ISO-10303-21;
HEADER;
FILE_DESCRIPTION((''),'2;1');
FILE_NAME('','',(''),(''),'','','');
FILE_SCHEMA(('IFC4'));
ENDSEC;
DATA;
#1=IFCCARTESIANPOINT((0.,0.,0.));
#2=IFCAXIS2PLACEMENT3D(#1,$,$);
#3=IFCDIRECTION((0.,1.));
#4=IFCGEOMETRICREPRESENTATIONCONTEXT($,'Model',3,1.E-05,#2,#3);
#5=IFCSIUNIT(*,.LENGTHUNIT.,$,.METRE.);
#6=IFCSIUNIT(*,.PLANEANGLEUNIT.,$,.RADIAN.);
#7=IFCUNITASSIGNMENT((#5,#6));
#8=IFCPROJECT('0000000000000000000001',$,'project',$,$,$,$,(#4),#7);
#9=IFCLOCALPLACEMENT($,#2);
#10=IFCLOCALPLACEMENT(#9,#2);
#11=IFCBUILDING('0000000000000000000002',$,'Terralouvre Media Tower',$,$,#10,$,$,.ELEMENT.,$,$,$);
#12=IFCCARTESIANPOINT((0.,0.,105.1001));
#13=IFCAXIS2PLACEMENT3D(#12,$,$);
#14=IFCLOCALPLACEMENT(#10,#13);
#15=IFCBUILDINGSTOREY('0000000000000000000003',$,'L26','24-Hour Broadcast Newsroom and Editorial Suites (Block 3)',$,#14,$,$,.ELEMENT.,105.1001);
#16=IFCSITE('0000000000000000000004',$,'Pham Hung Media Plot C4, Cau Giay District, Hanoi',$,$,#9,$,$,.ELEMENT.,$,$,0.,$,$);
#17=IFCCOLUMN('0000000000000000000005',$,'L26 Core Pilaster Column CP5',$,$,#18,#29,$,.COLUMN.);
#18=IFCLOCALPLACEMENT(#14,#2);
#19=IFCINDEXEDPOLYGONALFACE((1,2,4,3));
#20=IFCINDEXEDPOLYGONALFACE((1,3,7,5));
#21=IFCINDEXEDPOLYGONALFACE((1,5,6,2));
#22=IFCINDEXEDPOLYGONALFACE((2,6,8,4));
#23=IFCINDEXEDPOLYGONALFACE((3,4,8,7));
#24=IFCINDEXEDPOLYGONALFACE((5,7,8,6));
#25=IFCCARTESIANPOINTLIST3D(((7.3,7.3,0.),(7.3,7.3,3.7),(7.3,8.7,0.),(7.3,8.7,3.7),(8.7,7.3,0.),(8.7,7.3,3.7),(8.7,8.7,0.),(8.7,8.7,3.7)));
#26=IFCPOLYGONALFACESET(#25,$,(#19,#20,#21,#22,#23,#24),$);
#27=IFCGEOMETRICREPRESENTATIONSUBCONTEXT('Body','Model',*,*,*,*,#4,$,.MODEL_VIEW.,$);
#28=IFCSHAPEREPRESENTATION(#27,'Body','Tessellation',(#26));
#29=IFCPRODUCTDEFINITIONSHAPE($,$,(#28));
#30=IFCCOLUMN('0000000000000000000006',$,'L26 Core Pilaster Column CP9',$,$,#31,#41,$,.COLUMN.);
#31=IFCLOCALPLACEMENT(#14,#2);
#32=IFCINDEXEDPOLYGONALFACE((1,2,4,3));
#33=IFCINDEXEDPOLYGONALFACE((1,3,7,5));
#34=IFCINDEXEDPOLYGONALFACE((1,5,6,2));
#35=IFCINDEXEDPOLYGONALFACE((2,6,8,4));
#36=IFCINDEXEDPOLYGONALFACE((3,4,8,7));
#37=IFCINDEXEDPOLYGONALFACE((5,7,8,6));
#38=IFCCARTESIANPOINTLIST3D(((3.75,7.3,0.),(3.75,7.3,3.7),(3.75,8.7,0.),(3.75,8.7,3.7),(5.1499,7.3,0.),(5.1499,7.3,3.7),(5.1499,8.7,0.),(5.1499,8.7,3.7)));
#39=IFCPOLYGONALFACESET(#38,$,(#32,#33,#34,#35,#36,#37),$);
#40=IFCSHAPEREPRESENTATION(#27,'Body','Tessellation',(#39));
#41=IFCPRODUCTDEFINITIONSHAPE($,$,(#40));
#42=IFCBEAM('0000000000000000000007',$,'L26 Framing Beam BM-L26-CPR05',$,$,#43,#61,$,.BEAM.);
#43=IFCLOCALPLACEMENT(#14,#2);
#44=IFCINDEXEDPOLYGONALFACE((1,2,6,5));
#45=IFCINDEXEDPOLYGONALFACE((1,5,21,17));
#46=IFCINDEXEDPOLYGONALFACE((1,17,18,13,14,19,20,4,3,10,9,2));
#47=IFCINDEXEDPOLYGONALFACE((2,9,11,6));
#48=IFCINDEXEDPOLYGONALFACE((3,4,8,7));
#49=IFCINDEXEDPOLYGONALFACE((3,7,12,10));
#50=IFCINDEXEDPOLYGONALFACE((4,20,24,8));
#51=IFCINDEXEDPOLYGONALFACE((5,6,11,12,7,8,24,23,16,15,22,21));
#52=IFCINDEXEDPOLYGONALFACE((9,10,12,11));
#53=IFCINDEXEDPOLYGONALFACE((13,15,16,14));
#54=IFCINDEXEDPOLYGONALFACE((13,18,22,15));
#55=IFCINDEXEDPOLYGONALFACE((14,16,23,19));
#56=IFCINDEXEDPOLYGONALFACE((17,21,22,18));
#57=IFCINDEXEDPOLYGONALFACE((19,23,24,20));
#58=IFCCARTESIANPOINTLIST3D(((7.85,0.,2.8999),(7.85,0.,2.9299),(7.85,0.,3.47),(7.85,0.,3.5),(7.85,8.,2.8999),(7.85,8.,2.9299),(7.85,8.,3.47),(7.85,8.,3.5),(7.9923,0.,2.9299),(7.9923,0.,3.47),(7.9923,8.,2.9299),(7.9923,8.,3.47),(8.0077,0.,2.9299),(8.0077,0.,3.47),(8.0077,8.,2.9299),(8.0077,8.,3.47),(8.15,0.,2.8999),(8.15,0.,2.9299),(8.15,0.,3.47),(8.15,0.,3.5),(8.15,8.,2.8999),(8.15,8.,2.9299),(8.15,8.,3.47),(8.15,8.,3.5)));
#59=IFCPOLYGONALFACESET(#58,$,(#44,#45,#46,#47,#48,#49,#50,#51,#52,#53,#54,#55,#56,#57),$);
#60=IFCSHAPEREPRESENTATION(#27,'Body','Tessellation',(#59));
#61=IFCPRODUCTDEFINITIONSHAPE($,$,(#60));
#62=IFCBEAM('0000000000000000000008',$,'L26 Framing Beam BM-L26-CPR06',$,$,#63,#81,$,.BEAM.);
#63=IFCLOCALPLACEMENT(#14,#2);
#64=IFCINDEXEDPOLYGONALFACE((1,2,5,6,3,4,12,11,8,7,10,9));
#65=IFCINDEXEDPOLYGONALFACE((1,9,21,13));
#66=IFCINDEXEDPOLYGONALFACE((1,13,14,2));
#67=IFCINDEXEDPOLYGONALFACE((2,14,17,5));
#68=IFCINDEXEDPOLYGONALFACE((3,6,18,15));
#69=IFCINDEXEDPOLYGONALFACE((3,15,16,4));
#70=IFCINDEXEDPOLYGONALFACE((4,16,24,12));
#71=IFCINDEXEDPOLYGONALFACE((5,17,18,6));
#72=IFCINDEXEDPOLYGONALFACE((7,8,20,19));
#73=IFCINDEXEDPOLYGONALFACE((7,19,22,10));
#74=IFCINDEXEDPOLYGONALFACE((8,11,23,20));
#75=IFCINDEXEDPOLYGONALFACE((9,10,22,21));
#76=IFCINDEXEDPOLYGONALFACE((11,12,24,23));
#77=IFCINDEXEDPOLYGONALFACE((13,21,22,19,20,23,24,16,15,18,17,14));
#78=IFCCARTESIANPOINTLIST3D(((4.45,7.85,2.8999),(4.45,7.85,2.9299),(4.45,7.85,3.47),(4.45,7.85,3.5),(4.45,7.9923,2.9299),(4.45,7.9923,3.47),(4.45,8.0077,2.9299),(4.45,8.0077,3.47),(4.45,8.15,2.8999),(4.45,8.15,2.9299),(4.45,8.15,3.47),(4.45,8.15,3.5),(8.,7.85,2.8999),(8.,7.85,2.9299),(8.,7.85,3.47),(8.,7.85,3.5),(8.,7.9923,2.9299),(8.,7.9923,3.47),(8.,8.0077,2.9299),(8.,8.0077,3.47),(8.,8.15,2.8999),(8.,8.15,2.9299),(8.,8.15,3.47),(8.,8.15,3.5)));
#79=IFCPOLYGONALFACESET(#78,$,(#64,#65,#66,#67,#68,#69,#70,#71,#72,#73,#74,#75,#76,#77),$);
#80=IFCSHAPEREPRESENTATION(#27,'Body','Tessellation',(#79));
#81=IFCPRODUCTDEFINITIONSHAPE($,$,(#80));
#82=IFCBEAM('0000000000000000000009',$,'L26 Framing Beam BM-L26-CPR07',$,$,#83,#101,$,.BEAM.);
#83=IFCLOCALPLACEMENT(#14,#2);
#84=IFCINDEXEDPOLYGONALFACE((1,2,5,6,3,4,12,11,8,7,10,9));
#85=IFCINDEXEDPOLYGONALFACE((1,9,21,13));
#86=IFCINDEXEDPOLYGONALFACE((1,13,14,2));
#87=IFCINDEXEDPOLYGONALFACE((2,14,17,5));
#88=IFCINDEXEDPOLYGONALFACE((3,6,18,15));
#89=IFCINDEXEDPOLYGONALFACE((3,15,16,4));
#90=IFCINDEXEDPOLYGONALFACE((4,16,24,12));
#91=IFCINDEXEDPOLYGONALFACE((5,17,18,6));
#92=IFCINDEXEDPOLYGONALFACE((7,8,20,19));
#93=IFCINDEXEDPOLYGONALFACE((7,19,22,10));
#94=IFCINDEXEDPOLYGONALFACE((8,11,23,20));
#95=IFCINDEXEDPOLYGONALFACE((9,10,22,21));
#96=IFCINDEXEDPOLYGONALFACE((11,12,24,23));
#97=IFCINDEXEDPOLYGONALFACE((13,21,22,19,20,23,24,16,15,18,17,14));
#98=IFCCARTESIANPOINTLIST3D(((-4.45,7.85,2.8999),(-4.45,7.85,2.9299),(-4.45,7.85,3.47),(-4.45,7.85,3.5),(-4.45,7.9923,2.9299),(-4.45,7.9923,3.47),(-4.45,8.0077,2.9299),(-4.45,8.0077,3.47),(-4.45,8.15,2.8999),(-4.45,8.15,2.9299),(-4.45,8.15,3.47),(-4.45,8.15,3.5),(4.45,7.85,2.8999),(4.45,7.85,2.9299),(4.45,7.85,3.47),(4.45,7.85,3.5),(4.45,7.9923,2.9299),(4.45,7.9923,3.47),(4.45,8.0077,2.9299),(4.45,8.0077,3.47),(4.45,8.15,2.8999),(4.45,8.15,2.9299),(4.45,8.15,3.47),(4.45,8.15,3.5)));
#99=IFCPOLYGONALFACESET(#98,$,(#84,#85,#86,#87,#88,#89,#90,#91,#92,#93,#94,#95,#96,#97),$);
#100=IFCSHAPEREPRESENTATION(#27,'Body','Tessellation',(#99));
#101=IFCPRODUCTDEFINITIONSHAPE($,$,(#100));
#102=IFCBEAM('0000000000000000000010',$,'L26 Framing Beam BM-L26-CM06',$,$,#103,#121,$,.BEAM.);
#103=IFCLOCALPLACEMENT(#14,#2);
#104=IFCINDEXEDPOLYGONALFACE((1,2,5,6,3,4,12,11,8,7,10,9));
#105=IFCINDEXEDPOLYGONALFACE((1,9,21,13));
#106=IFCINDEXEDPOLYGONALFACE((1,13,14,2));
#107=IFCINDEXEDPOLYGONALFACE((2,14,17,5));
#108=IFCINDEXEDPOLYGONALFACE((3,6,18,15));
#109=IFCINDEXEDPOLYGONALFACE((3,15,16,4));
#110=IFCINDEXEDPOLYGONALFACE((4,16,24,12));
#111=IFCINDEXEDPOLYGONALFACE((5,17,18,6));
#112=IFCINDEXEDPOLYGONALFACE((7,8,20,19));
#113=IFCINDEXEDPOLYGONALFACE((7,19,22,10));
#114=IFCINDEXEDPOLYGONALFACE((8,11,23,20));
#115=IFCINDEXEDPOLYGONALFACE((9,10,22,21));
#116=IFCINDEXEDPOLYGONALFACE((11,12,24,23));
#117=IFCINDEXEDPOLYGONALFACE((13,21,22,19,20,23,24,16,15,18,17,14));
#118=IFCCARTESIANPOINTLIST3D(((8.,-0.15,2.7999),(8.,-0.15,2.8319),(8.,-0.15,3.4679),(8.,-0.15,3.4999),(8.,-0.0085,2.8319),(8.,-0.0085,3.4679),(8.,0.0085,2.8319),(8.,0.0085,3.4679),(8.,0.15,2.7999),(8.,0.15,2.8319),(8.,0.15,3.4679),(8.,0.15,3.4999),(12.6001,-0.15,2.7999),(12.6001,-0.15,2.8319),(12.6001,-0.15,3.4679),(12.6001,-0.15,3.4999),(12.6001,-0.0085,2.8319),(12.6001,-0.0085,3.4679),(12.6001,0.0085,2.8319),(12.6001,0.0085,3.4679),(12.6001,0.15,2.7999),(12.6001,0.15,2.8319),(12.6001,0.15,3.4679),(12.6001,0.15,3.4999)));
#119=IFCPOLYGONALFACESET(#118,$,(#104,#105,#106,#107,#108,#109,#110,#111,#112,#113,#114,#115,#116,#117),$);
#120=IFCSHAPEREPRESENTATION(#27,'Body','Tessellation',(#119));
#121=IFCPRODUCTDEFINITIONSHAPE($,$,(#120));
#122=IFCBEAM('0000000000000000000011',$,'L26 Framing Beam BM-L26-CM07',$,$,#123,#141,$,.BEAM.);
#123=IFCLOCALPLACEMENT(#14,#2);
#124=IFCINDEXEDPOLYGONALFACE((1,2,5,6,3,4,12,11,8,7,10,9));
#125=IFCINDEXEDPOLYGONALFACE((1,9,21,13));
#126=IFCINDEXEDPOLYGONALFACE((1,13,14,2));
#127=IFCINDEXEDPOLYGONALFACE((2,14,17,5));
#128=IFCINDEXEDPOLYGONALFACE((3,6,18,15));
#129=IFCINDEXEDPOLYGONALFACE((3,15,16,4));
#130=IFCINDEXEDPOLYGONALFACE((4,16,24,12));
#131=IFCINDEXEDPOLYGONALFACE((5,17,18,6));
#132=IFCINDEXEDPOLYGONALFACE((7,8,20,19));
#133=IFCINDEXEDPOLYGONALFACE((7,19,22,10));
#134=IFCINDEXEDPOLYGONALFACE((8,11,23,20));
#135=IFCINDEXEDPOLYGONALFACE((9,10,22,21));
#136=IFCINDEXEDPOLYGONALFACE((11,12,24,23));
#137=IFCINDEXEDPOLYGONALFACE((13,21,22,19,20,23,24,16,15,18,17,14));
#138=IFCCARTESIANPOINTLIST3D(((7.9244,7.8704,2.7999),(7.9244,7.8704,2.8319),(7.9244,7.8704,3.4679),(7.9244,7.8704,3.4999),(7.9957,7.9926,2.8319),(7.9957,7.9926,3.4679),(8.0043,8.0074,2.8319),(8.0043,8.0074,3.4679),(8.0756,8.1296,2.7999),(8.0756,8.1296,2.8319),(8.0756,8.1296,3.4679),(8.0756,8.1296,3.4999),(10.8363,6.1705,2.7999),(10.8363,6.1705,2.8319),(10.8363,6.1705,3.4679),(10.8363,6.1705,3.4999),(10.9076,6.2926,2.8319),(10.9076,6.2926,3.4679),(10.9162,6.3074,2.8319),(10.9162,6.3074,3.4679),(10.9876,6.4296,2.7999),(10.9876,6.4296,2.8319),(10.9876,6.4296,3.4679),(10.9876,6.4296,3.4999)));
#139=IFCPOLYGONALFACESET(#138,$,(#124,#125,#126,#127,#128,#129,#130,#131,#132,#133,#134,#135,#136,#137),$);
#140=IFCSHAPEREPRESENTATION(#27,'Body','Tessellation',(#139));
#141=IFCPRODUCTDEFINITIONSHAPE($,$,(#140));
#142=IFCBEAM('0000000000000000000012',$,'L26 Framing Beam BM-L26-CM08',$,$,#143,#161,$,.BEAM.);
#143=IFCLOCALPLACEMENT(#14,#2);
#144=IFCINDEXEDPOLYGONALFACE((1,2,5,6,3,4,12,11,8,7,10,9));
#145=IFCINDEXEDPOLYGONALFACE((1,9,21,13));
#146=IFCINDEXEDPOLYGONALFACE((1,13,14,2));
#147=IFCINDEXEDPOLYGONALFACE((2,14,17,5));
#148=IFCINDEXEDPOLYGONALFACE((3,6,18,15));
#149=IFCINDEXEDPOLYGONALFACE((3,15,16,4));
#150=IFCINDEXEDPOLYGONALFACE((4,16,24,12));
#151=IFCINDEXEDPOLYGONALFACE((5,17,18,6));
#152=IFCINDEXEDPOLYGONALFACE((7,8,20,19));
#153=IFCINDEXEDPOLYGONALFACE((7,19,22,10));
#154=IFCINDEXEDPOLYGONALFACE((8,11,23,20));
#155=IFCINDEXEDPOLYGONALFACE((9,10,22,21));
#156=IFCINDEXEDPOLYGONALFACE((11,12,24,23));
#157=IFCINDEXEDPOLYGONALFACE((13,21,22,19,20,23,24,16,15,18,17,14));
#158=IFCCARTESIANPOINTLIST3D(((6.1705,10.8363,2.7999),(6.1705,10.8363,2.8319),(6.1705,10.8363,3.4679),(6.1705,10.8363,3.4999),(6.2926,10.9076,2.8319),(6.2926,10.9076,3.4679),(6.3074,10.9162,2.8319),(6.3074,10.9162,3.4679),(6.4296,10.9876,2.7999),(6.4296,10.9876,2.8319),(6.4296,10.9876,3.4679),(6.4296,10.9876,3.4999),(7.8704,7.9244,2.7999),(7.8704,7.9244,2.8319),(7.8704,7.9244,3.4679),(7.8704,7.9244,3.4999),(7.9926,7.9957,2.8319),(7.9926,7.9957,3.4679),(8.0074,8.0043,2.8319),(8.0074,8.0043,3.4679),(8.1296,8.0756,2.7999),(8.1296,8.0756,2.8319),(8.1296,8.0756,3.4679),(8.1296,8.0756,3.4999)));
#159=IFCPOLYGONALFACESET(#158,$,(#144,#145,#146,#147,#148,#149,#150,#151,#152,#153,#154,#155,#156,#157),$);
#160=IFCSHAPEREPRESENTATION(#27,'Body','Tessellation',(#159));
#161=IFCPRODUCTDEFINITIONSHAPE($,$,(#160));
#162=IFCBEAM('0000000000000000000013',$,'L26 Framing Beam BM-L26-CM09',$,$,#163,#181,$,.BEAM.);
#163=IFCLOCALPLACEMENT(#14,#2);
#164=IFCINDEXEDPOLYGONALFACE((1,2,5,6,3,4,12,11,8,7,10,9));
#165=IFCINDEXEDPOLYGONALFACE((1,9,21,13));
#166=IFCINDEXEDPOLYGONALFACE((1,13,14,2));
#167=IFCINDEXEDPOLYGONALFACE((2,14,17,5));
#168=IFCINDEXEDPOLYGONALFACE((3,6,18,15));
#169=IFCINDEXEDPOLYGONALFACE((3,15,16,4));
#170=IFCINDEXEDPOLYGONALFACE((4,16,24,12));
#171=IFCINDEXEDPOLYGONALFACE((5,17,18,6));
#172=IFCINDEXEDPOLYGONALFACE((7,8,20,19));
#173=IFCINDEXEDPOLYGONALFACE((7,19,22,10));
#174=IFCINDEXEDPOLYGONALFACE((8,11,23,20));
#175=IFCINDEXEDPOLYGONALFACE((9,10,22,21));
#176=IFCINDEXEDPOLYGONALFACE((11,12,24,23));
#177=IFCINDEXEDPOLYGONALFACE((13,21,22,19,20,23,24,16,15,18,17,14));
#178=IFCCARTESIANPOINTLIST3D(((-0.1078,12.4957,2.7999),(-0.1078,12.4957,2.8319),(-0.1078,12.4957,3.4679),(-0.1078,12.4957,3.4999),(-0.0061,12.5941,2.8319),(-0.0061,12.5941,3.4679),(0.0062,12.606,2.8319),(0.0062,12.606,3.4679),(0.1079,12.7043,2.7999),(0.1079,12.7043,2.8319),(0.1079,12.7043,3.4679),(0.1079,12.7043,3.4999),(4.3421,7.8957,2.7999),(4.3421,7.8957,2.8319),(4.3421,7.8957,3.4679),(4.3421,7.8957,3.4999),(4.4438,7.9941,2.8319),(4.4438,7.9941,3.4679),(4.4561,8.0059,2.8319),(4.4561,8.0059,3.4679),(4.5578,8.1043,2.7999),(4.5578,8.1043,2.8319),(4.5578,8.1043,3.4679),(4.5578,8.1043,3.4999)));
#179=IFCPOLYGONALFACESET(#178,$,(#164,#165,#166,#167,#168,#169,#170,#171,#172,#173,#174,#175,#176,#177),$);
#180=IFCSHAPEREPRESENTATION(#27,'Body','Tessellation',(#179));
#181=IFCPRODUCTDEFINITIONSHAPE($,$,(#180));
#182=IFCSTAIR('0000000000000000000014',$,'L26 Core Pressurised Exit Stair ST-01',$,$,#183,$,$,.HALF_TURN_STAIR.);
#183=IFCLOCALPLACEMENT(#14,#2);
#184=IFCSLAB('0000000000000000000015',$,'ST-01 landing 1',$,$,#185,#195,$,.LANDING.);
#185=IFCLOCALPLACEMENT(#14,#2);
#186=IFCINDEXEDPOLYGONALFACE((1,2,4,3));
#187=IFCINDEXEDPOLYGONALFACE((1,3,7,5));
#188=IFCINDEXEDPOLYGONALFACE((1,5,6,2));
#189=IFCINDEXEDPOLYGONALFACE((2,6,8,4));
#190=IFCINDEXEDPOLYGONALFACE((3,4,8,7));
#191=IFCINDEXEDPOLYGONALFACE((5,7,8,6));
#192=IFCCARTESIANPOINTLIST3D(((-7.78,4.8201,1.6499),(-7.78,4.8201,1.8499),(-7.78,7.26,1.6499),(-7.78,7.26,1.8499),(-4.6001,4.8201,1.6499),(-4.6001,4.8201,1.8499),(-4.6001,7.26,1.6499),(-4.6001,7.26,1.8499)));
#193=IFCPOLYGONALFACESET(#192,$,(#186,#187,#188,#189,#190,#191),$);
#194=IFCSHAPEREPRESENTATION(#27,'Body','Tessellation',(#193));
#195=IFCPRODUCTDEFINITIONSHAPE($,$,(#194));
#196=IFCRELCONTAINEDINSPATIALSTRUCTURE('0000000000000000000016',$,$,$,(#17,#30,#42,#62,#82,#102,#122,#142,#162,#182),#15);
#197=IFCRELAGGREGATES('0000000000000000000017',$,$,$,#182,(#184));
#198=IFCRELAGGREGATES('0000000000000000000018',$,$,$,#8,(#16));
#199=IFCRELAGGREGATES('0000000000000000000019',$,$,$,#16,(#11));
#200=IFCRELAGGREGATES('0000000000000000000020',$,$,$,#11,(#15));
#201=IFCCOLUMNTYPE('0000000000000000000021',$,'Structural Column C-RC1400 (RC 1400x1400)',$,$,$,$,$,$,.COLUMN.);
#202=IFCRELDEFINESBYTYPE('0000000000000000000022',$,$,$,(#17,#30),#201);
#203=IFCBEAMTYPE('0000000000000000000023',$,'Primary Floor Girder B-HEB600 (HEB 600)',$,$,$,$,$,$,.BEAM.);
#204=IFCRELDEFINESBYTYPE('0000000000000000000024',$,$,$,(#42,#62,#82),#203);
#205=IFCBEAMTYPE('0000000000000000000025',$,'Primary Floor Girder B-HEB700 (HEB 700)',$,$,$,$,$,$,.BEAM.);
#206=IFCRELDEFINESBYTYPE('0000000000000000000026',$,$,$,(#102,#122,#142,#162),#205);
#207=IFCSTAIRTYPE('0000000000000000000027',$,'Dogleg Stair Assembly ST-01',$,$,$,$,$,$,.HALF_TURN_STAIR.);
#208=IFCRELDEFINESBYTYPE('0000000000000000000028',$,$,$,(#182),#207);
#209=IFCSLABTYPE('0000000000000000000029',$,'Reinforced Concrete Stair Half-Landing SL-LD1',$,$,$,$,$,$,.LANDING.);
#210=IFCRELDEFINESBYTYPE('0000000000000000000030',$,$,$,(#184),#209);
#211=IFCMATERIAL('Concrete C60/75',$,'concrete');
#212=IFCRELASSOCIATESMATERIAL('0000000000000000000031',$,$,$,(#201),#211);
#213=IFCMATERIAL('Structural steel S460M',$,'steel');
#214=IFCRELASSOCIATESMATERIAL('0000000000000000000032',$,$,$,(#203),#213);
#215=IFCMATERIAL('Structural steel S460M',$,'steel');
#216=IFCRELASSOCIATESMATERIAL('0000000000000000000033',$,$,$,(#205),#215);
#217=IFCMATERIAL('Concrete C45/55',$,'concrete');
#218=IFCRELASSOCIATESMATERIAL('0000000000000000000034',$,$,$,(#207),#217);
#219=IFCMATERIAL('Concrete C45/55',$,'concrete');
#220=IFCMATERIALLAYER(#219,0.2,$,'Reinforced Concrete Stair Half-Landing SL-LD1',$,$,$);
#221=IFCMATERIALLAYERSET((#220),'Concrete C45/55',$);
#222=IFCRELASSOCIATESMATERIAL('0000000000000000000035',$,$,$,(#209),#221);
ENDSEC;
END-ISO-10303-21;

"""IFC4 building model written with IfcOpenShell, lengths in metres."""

from ifc_helpers import new_model, si_unit, direction, frame, origin, origin_2d, place, context, subcontext, project, spatial, polyline, rectangle, i_section, outline, extrude, material, layer, layer_set, material_profile, profile_set, type_object, element, aggregate, save


model = new_model("IFC4")

# Units and contexts
model_context = context("Model", 3, precision=1e-05, world=origin(), true_north=direction((0.0, 1.0)))
body_context = subcontext(model_context, "Body", "Model", "MODEL_VIEW")
ifc_project = project(units=[si_unit("LENGTHUNIT", "METRE"), si_unit("PLANEANGLEUNIT", "RADIAN")], contexts=[model_context])

# Site, building, storey
site_placement = place(None, origin())
site = spatial("IfcSite", under=ifc_project, at=site_placement, Name="Pham Hung Media Plot C4, Cau Giay District, Hanoi", CompositionType="ELEMENT", RefElevation=0.0)
building_placement = place(site_placement, origin())
building = spatial("IfcBuilding", under=site, at=building_placement, Name="Terralouvre Media Tower", CompositionType="ELEMENT")
storey_placement = place(building_placement, frame((0.0, 0.0, 105.1001)))
storey = spatial("IfcBuildingStorey", under=building, at=storey_placement, Name="L26", Description="24-Hour Broadcast Newsroom and Editorial Suites (Block 3)", CompositionType="ELEMENT", Elevation=105.1001)

# Columns
ifc_material_1 = material(Name="Concrete C60/75", Category="concrete")
ifc_material_profile_1 = material_profile(ifc_material_1, rectangle(XDim=1.3999, YDim=1.3999, at=origin_2d()), Name="RC 1400x1400")
ifc_profile_set_1 = profile_set([ifc_material_profile_1], Name="Concrete C60/75")
column_type = type_object("IfcColumnType", Name="Structural Column C-RC1400 (RC 1400x1400)", PredefinedType="COLUMN", material=ifc_profile_set_1)
for number, where, z_axis, x_axis, name in (
    (1, (8.0, 8.0, 0.0), (0.0, 0.0, 1.0), (1.0, 0.0, 0.0), "L26 Core Pilaster Column CP5"),
    (2, (4.45, 8.0, 0.0), (0.0, 0.0, 1.0), (1.0, 0.0, 0.0), "L26 Core Pilaster Column CP9"),
):
    element("IfcColumn", number, at=place(storey_placement, frame(where, z_axis=z_axis, x_axis=x_axis)), inside=storey, type_object=column_type, Name=name, PredefinedType="COLUMN", context=body_context, shape_type="SweptSolid", body=[
        extrude(rectangle(XDim=1.3999, YDim=1.3999, at=origin_2d()), origin(), (0.0, 0.0, 1.0), 3.7),
    ])

# Beams
ifc_material_2 = material(Name="Structural steel S460M", Category="steel")
ifc_material_profile_2 = material_profile(ifc_material_2, i_section(OverallWidth=0.3, OverallDepth=0.6001, WebThickness=0.0154, FlangeThickness=0.03, at=origin_2d()), Name="HEB 600")
ifc_profile_set_2 = profile_set([ifc_material_profile_2], Name="Structural steel S460M")
beam_type_1 = type_object("IfcBeamType", Name="Primary Floor Girder B-HEB600 (HEB 600)", PredefinedType="BEAM", material=ifc_profile_set_2)
beam_1_placement = place(storey_placement, frame((8.0, 0.0, 3.2), z_axis=(0.0, 1.0, 0.0), x_axis=(-1.0, 0.0, 0.0)))
element("IfcBeam", 3, at=beam_1_placement, inside=storey, type_object=beam_type_1, Name="L26 Framing Beam BM-L26-CPR05", PredefinedType="BEAM", context=body_context, shape_type="SweptSolid", body=[
    extrude(i_section(OverallWidth=0.3, OverallDepth=0.6001, WebThickness=0.0154, FlangeThickness=0.03, at=origin_2d()), origin(), (0.0, 0.0, 1.0), 8.0),
])
beam_2_placement = place(storey_placement, frame((8.0, 8.0, 3.2), z_axis=(-1.0, 0.0, 0.0), x_axis=(0.0, -1.0, 0.0)))
element("IfcBeam", 4, at=beam_2_placement, inside=storey, type_object=beam_type_1, Name="L26 Framing Beam BM-L26-CPR06", PredefinedType="BEAM", context=body_context, shape_type="SweptSolid", body=[
    extrude(i_section(OverallWidth=0.3, OverallDepth=0.6001, WebThickness=0.0154, FlangeThickness=0.03, at=origin_2d()), origin(), (0.0, 0.0, 1.0), 3.55),
])
beam_3_placement = place(storey_placement, frame((4.45, 8.0, 3.2), z_axis=(-1.0, 0.0, 0.0), x_axis=(0.0, -1.0, 0.0)))
element("IfcBeam", 5, at=beam_3_placement, inside=storey, type_object=beam_type_1, Name="L26 Framing Beam BM-L26-CPR07", PredefinedType="BEAM", context=body_context, shape_type="SweptSolid", body=[
    extrude(i_section(OverallWidth=0.3, OverallDepth=0.6001, WebThickness=0.0154, FlangeThickness=0.03, at=origin_2d()), origin(), (0.0, 0.0, 1.0), 8.8999),
])
ifc_material_3 = material(Name="Structural steel S460M", Category="steel")
ifc_material_profile_3 = material_profile(ifc_material_3, i_section(OverallWidth=0.3, OverallDepth=0.7, WebThickness=0.0171, FlangeThickness=0.032, at=origin_2d()), Name="HEB 700")
ifc_profile_set_3 = profile_set([ifc_material_profile_3], Name="Structural steel S460M")
beam_type_2 = type_object("IfcBeamType", Name="Primary Floor Girder B-HEB700 (HEB 700)", PredefinedType="BEAM", material=ifc_profile_set_3)
beam_4_placement = place(storey_placement, frame((8.0, 0.0, 3.1499), z_axis=(1.0, 0.0, 0.0), x_axis=(0.0, 1.0, 0.0)))
element("IfcBeam", 6, at=beam_4_placement, inside=storey, type_object=beam_type_2, Name="L26 Framing Beam BM-L26-CM06", PredefinedType="BEAM", context=body_context, shape_type="SweptSolid", body=[
    extrude(i_section(OverallWidth=0.3, OverallDepth=0.7, WebThickness=0.0171, FlangeThickness=0.032, at=origin_2d()), origin(), (0.0, 0.0, 1.0), 4.6001),
])
for number, where, z_axis, x_axis, name in (
    (7, (8.0, 8.0, 3.1499), (0.863603, -0.504173, 0.0), (0.504173, 0.863603, 0.0), "L26 Framing Beam BM-L26-CM07"),
    (8, (8.0, 8.0, 3.1499), (-0.504173, 0.863603, 0.0), (-0.863603, -0.504173, 0.0), "L26 Framing Beam BM-L26-CM08"),
):
    element("IfcBeam", number, at=place(storey_placement, frame(where, z_axis=z_axis, x_axis=x_axis)), inside=storey, type_object=beam_type_2, Name=name, PredefinedType="BEAM", context=body_context, shape_type="SweptSolid", body=[
        extrude(i_section(OverallWidth=0.3, OverallDepth=0.7, WebThickness=0.0171, FlangeThickness=0.032, at=origin_2d()), origin(), (0.0, 0.0, 1.0), 3.3718),
    ])
beam_5_placement = place(storey_placement, frame((4.45, 8.0, 3.1499), z_axis=(-0.69528, 0.718739, 0.0), x_axis=(-0.718739, -0.69528, 0.0)))
element("IfcBeam", 9, at=beam_5_placement, inside=storey, type_object=beam_type_2, Name="L26 Framing Beam BM-L26-CM09", PredefinedType="BEAM", context=body_context, shape_type="SweptSolid", body=[
    extrude(i_section(OverallWidth=0.3, OverallDepth=0.7, WebThickness=0.0171, FlangeThickness=0.032, at=origin_2d()), origin(), (0.0, 0.0, 1.0), 6.4001),
])

# Stair, slab
ifc_material_4 = material(Name="Concrete C45/55", Category="concrete")
stair_type_1 = type_object("IfcStairType", Name="Dogleg Stair Assembly ST-01", PredefinedType="HALF_TURN_STAIR", material=ifc_material_4)
stair_1_placement = place(storey_placement, origin())
stair_1 = element("IfcStair", 10, at=stair_1_placement, inside=storey, type_object=stair_type_1, Name="L26 Core Pressurised Exit Stair ST-01", PredefinedType="HALF_TURN_STAIR")
ifc_material_5 = material(Name="Concrete C45/55", Category="concrete")
ifc_layer_1 = layer(ifc_material_5, 0.2, Name="Reinforced Concrete Stair Half-Landing SL-LD1")
ifc_layer_set_1 = layer_set([ifc_layer_1], Name="Concrete C45/55")
slab_type = type_object("IfcSlabType", Name="Reinforced Concrete Stair Half-Landing SL-LD1", PredefinedType="LANDING", material=ifc_layer_set_1)
slab_1_placement = place(storey_placement, frame((0.0, 0.0, 1.6499)))
slab_1 = element("IfcSlab", 11, at=slab_1_placement, type_object=slab_type, Name="ST-01 landing 1", PredefinedType="LANDING", context=body_context, shape_type="SweptSolid", body=[
    extrude(outline(polyline([(-4.6001, 4.8201), (-4.6001, 7.26), (-7.78, 7.26), (-7.78, 4.8201), (-4.6001, 4.8201)])), origin(), (0.0, 0.0, 1.0), 0.2),
])
aggregate(stair_1, [slab_1])

save(model, "model.ifc")
